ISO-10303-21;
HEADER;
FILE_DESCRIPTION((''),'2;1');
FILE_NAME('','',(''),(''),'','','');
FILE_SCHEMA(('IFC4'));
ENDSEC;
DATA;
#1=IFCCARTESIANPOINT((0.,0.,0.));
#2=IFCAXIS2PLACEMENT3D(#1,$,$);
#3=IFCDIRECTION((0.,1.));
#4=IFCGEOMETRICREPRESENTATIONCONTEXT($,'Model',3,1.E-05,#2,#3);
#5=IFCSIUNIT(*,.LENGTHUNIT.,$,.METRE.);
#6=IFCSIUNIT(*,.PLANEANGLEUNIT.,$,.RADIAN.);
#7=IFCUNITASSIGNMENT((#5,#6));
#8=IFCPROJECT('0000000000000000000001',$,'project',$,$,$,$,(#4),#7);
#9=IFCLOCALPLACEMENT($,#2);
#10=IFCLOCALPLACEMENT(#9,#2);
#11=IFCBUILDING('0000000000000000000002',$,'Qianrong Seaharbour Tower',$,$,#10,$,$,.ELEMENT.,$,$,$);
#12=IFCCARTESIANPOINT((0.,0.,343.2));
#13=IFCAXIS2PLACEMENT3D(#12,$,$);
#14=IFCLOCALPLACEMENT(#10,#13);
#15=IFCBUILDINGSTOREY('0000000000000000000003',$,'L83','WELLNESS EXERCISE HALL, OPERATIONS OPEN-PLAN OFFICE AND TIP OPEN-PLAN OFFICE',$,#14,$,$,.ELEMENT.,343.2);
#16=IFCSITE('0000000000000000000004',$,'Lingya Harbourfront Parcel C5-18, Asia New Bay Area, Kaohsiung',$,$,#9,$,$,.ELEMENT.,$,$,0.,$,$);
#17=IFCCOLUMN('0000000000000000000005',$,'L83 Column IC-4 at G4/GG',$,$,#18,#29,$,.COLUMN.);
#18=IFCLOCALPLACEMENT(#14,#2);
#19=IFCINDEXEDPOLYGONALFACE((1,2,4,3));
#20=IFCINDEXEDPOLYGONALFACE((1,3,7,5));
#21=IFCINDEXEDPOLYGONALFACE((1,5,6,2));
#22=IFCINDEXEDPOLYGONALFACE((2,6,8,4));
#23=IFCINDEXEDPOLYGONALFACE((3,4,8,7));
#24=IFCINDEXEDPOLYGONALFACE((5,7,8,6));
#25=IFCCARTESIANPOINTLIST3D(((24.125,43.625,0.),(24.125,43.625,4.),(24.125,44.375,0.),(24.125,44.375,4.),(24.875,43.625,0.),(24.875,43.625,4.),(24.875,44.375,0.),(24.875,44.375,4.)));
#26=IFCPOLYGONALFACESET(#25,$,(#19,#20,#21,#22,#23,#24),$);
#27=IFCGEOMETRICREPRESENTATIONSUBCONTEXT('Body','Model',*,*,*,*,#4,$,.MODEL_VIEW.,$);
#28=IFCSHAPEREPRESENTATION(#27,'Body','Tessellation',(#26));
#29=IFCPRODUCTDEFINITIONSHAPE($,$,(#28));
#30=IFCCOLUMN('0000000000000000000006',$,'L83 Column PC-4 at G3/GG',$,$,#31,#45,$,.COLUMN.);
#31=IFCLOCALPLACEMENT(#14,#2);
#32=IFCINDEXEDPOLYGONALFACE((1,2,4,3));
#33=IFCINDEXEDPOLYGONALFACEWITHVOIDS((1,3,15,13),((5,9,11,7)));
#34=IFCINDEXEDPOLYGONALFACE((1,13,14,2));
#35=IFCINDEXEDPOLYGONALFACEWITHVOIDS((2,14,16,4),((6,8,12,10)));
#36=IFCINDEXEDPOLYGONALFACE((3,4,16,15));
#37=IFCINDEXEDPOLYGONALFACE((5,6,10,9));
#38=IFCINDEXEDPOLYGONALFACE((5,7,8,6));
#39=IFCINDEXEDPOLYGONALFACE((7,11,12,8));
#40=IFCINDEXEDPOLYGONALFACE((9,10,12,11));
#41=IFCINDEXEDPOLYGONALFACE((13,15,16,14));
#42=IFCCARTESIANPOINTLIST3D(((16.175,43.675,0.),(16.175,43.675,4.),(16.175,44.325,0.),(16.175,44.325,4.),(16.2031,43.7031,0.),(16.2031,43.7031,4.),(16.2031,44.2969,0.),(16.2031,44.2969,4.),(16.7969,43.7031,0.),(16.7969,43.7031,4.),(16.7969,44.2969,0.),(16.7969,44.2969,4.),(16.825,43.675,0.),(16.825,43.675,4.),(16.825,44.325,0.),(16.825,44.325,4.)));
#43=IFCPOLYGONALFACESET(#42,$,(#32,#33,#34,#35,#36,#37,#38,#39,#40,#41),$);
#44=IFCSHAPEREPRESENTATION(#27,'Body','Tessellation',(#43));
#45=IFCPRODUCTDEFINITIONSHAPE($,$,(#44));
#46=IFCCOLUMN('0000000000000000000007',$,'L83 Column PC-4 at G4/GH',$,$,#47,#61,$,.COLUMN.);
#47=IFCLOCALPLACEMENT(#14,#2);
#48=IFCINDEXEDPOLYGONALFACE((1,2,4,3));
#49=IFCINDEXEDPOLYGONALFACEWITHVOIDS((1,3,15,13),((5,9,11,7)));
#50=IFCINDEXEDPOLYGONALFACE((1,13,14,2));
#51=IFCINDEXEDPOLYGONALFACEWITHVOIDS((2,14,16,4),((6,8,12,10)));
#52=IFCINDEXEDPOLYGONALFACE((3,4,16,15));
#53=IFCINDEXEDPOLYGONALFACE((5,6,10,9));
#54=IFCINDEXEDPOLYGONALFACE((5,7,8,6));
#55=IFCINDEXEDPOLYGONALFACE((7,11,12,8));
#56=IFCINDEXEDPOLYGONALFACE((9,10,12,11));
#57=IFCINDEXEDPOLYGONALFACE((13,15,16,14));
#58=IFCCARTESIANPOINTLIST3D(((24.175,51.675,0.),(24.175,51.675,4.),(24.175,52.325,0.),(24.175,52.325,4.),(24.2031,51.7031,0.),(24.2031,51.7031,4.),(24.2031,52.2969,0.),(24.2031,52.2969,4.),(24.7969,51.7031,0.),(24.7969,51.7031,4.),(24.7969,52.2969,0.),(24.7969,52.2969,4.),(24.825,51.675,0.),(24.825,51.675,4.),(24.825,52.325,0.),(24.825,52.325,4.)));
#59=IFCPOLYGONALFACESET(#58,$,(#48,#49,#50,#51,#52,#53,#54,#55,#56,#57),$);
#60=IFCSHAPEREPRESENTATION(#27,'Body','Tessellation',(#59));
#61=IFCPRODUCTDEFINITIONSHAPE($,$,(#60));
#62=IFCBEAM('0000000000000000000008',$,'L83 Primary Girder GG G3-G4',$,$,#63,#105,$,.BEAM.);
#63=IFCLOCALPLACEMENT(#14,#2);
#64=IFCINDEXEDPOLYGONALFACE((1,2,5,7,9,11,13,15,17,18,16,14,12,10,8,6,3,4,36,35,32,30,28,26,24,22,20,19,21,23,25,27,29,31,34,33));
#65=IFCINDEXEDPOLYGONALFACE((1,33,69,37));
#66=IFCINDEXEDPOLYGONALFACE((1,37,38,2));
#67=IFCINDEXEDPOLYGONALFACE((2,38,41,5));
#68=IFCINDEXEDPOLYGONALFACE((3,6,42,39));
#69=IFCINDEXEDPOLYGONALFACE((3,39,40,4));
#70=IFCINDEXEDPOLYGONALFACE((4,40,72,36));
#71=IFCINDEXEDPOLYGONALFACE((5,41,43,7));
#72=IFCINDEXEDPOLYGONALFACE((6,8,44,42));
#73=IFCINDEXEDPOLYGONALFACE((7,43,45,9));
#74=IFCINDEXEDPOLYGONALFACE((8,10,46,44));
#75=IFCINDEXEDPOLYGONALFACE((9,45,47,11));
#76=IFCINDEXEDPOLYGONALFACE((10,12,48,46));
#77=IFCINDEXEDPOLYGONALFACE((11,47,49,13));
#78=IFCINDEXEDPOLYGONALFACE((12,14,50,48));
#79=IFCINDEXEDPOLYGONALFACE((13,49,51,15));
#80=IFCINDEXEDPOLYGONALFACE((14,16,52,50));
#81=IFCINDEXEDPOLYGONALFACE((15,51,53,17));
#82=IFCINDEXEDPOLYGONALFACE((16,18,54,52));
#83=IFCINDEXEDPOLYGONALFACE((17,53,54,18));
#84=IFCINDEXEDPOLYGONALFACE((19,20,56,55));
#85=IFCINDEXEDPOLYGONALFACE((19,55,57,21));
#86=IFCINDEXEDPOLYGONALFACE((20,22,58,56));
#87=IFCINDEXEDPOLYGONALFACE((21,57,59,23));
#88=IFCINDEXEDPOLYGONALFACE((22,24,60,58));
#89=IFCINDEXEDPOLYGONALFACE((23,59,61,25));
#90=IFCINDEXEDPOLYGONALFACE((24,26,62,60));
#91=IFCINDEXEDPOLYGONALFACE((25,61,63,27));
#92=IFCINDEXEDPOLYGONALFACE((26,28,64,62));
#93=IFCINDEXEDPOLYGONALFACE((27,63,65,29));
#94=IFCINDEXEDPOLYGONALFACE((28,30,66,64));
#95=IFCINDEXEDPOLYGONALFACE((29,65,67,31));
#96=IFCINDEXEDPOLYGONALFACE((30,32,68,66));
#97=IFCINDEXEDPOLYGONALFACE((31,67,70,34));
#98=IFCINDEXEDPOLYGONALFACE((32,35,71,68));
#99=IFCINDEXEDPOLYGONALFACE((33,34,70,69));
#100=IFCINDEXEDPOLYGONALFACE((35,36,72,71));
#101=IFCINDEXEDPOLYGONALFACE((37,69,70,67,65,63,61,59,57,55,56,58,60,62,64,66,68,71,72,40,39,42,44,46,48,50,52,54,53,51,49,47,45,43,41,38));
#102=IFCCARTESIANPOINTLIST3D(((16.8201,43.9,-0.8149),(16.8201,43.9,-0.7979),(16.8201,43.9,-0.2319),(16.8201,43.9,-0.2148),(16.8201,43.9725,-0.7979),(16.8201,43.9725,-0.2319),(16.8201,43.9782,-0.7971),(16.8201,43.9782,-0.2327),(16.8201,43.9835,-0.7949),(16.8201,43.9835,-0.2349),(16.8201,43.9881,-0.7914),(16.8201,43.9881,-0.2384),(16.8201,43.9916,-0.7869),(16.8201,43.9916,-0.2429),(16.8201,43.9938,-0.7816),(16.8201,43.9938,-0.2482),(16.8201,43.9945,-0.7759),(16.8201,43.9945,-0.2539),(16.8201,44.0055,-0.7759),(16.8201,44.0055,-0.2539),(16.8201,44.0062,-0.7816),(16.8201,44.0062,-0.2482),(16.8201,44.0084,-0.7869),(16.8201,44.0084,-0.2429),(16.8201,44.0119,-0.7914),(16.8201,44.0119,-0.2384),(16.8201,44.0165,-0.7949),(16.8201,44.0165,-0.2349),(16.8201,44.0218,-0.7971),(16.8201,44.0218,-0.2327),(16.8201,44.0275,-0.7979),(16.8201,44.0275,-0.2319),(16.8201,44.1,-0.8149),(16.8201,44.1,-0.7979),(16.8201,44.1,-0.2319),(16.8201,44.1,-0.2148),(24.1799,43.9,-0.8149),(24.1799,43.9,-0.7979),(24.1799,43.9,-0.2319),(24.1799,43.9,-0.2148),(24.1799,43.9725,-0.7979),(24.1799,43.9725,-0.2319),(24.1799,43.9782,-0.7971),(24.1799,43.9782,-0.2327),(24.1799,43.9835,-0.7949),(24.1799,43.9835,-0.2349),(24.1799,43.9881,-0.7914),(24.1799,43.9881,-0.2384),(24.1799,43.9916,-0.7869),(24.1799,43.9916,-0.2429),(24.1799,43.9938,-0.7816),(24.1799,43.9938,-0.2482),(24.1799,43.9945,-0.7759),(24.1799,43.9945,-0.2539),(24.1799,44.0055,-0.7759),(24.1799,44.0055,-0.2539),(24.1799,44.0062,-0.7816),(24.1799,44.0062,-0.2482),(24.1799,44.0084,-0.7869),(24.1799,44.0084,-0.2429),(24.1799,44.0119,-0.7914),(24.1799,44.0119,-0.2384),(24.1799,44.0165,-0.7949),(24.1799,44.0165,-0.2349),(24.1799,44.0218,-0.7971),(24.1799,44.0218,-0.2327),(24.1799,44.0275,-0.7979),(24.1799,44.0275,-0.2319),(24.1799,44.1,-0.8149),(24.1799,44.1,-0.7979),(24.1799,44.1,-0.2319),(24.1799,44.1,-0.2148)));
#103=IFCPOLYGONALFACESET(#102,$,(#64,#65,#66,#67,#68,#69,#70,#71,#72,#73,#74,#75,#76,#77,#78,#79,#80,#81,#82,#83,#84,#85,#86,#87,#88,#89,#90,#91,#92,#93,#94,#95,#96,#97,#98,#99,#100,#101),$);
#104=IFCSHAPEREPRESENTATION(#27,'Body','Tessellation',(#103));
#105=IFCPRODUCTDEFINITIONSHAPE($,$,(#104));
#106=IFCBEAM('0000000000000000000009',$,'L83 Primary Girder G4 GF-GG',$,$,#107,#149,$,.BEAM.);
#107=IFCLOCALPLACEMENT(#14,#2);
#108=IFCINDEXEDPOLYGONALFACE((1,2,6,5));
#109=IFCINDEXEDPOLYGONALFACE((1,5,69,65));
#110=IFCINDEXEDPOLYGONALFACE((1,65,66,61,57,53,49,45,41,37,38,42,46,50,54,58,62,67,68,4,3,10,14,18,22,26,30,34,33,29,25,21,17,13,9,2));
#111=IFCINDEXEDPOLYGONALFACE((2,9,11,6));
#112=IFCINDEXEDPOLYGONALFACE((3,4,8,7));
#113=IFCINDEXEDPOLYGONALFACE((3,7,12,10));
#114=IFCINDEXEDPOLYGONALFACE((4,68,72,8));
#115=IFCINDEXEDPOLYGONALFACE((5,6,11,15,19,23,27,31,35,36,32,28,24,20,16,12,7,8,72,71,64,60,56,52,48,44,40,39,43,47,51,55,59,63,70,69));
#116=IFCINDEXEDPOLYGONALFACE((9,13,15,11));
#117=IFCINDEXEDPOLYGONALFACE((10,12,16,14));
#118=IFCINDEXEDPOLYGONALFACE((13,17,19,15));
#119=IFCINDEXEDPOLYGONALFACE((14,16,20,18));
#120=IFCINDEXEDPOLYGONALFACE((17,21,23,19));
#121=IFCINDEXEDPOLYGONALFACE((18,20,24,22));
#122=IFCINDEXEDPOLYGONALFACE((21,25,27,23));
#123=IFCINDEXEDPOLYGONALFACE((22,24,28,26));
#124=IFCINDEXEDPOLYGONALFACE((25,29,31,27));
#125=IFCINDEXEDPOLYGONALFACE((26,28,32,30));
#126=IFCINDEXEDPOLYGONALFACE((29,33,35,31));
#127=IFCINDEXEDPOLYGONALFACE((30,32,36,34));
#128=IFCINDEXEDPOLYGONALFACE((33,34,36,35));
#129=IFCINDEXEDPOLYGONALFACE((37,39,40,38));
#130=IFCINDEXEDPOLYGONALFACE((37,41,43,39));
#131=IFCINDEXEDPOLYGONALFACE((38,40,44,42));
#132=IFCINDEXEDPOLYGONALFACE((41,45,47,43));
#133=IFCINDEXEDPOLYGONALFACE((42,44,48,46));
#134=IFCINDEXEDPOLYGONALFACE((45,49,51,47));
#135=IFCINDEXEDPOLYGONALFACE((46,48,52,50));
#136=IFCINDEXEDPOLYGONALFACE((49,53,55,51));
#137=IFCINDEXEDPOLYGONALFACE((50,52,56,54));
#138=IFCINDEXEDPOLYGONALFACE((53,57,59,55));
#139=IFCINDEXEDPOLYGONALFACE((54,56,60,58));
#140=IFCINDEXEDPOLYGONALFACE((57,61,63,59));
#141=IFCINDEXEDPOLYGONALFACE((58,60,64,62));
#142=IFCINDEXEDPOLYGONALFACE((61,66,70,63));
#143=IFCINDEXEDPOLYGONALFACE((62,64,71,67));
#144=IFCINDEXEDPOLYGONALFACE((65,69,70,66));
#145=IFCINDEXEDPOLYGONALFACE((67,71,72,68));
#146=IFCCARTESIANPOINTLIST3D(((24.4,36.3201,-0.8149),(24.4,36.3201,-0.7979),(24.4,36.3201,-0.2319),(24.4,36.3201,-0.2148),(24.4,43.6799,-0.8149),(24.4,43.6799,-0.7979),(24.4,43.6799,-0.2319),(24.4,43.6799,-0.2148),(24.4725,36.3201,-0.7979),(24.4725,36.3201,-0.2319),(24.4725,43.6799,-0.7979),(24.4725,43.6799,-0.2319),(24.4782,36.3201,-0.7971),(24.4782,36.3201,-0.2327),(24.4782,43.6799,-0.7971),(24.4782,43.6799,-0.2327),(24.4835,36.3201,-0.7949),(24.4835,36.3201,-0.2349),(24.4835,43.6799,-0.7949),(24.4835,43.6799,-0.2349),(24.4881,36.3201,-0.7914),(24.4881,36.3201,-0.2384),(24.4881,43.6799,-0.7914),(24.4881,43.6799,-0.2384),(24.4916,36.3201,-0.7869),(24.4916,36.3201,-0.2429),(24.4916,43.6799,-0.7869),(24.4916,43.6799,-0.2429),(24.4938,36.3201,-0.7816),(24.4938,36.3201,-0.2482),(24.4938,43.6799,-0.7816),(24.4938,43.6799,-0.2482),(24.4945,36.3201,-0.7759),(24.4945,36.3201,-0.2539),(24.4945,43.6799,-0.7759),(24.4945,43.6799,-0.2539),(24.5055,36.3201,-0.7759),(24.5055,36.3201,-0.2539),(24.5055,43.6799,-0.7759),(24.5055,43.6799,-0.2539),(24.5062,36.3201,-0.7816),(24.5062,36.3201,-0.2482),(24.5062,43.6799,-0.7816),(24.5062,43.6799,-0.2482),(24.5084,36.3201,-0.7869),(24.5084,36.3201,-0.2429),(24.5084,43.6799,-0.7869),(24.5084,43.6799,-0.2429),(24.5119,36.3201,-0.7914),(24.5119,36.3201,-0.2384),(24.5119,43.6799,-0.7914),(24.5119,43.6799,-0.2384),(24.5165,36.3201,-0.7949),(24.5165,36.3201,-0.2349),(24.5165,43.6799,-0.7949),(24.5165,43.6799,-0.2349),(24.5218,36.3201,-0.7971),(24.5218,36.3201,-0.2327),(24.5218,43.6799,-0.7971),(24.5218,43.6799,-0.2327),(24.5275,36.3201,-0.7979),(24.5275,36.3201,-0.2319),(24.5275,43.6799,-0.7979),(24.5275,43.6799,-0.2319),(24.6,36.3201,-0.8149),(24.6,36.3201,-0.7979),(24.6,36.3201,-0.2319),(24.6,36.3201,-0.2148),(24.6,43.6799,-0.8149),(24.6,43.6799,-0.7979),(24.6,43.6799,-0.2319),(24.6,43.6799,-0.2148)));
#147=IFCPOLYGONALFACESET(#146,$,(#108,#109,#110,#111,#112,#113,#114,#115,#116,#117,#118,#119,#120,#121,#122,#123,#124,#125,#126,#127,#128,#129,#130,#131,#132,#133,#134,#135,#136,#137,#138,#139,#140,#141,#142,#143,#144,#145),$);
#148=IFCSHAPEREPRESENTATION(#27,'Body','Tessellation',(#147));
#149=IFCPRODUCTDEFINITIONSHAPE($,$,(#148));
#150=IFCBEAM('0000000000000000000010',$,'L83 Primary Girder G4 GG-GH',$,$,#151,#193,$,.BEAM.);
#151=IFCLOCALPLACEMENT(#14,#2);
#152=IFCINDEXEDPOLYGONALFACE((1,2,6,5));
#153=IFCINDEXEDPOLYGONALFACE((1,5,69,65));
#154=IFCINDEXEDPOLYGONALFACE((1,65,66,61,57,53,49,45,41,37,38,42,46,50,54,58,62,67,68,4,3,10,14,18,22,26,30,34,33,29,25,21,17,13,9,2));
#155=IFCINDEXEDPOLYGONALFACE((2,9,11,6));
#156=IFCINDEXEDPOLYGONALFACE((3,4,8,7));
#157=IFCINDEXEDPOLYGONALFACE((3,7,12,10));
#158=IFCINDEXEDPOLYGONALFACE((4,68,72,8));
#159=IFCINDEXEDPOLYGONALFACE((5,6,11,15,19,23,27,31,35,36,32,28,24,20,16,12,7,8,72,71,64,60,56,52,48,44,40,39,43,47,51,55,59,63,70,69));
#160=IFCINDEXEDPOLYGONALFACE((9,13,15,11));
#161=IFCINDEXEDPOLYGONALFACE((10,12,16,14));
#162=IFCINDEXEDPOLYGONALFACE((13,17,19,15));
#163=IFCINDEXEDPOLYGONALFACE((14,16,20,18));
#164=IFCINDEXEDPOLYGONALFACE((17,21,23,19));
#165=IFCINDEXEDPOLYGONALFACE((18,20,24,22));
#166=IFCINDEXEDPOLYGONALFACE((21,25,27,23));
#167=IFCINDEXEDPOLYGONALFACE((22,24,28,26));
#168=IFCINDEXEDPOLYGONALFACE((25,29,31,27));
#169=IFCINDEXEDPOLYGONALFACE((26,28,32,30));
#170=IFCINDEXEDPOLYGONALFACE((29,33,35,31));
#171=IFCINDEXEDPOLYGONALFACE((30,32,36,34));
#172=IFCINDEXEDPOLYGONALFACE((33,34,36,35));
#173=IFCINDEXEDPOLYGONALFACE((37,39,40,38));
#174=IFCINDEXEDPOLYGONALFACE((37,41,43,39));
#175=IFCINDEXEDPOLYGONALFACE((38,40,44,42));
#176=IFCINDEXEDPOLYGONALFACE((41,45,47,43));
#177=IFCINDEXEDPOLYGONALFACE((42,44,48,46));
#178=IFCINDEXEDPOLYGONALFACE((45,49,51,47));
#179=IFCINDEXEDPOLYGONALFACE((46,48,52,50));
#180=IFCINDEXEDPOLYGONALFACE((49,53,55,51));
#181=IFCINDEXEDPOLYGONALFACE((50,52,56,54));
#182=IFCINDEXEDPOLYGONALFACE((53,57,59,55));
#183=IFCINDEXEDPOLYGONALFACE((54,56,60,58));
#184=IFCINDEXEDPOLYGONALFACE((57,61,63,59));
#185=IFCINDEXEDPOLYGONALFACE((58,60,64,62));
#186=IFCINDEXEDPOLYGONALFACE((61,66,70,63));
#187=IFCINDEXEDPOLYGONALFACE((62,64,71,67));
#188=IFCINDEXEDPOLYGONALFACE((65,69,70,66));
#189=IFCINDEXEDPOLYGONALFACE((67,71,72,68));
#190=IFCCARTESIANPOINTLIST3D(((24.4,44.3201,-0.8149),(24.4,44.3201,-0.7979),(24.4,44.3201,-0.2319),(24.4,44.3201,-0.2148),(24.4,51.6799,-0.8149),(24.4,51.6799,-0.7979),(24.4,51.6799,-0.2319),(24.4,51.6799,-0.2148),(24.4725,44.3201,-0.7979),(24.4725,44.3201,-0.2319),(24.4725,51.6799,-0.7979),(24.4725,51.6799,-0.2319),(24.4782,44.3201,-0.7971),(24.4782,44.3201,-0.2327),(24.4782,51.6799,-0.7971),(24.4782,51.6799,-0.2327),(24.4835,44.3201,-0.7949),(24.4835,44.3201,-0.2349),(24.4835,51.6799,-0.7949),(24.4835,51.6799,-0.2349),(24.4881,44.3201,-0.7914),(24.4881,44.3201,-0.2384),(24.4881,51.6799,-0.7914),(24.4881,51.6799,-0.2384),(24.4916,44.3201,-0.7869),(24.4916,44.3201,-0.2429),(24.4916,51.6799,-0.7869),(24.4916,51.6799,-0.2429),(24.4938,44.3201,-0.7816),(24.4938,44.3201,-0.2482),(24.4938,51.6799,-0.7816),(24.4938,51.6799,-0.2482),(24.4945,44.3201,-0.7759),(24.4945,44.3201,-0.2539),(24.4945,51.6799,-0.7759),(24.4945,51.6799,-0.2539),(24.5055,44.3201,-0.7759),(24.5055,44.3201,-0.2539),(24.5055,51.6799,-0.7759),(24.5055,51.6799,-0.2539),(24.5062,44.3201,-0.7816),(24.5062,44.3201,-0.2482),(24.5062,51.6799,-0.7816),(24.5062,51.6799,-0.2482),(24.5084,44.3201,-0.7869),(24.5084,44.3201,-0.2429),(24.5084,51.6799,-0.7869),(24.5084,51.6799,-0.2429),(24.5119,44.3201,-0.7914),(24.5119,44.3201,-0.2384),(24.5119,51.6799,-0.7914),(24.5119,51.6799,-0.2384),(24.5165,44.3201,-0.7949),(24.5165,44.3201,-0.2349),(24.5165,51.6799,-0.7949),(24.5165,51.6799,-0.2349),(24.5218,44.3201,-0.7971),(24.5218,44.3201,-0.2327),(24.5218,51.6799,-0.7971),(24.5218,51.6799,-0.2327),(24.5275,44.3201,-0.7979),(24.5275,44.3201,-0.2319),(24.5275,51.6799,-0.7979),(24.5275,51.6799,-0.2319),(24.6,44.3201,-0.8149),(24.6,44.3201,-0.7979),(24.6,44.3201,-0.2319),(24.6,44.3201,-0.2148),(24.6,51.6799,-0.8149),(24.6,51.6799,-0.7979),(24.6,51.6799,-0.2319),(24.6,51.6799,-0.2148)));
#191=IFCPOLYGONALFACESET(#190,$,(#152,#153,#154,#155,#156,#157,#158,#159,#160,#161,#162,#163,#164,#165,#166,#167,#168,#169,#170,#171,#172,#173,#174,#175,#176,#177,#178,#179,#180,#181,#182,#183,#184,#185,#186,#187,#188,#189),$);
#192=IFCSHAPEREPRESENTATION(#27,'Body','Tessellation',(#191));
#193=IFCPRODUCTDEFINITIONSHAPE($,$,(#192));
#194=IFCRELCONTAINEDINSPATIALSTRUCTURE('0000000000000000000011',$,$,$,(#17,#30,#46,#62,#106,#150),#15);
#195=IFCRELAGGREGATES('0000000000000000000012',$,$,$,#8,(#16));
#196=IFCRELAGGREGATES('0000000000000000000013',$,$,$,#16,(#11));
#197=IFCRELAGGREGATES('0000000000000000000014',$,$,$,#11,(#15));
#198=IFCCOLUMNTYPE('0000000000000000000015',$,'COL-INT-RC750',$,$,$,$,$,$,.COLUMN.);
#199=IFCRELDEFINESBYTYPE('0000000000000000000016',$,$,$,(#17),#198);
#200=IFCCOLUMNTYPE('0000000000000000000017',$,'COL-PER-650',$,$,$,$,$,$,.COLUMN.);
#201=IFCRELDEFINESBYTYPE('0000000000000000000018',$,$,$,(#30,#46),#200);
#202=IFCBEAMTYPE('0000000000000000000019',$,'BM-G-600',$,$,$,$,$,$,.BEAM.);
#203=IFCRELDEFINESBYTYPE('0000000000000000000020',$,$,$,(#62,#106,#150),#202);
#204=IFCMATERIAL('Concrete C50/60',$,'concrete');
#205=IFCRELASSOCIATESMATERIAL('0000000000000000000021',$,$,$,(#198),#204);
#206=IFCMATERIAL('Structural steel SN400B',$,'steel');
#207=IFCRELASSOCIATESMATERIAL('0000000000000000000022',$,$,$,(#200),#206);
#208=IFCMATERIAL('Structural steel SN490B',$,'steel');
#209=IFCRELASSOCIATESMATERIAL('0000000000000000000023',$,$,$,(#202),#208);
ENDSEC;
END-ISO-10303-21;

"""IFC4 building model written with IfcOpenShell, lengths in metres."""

from ifc_helpers import new_model, si_unit, direction, frame, origin, origin_2d, place, context, subcontext, project, spatial, rectangle, hollow_rectangle, i_section, extrude, material, material_profile, profile_set, type_object, element, save


model = new_model("IFC4")

# Units and contexts
model_context = context("Model", 3, precision=1e-05, world=origin(), true_north=direction((0.0, 1.0)))
body_context = subcontext(model_context, "Body", "Model", "MODEL_VIEW")
ifc_project = project(units=[si_unit("LENGTHUNIT", "METRE"), si_unit("PLANEANGLEUNIT", "RADIAN")], contexts=[model_context])

# Site, building, storey
site_placement = place(None, origin())
site = spatial("IfcSite", under=ifc_project, at=site_placement, Name="Lingya Harbourfront Parcel C5-18, Asia New Bay Area, Kaohsiung", CompositionType="ELEMENT", RefElevation=0.0)
building_placement = place(site_placement, origin())
building = spatial("IfcBuilding", under=site, at=building_placement, Name="Qianrong Seaharbour Tower", CompositionType="ELEMENT")
storey_placement = place(building_placement, frame((0.0, 0.0, 343.2)))
storey = spatial("IfcBuildingStorey", under=building, at=storey_placement, Name="L83", Description="WELLNESS EXERCISE HALL, OPERATIONS OPEN-PLAN OFFICE AND TIP OPEN-PLAN OFFICE", CompositionType="ELEMENT", Elevation=343.2)

# Columns
ifc_material_1 = material(Name="Concrete C50/60", Category="concrete")
ifc_material_profile_1 = material_profile(ifc_material_1, rectangle(XDim=0.75, YDim=0.75, at=origin_2d()), Name="RC750x750")
ifc_profile_set_1 = profile_set([ifc_material_profile_1], Name="Concrete C50/60")
column_type_1 = type_object("IfcColumnType", Name="COL-INT-RC750", PredefinedType="COLUMN", material=ifc_profile_set_1)
column_placement = place(storey_placement, frame((24.5, 44.0, 0.0), z_axis=(0.0, 0.0, 1.0), x_axis=(1.0, 0.0, 0.0)))
element("IfcColumn", 1, at=column_placement, inside=storey, type_object=column_type_1, Name="L83 Column IC-4 at G4/GG", PredefinedType="COLUMN", context=body_context, shape_type="SweptSolid", body=[
    extrude(rectangle(XDim=0.75, YDim=0.75, at=origin_2d()), origin(), (0.0, 0.0, 1.0), 4.0),
])
ifc_material_2 = material(Name="Structural steel SN400B", Category="steel")
ifc_material_profile_2 = material_profile(ifc_material_2, hollow_rectangle(XDim=0.6499, YDim=0.6499, WallThickness=0.0281, at=origin_2d()), Name="BOX650x650x28")
ifc_profile_set_2 = profile_set([ifc_material_profile_2], Name="Structural steel SN400B")
column_type_2 = type_object("IfcColumnType", Name="COL-PER-650", PredefinedType="COLUMN", material=ifc_profile_set_2)
for number, where, z_axis, x_axis, name in (
    (2, (16.5, 44.0, 0.0), (0.0, 0.0, 1.0), (1.0, 0.0, 0.0), "L83 Column PC-4 at G3/GG"),
    (3, (24.5, 52.0, 0.0), (0.0, 0.0, 1.0), (1.0, 0.0, 0.0), "L83 Column PC-4 at G4/GH"),
):
    element("IfcColumn", number, at=place(storey_placement, frame(where, z_axis=z_axis, x_axis=x_axis)), inside=storey, type_object=column_type_2, Name=name, PredefinedType="COLUMN", context=body_context, shape_type="SweptSolid", body=[
        extrude(hollow_rectangle(XDim=0.6499, YDim=0.6499, WallThickness=0.0281, at=origin_2d()), origin(), (0.0, 0.0, 1.0), 4.0),
    ])

# Beams
ifc_material_3 = material(Name="Structural steel SN490B", Category="steel")
ifc_material_profile_3 = material_profile(ifc_material_3, i_section(OverallWidth=0.2, OverallDepth=0.6001, WebThickness=0.011, FlangeThickness=0.0171, FilletRadius=0.022, at=origin_2d()), Name="H600x200x11x17")
ifc_profile_set_3 = profile_set([ifc_material_profile_3], Name="Structural steel SN490B")
beam_type_1 = type_object("IfcBeamType", Name="BM-G-600", PredefinedType="BEAM", material=ifc_profile_set_3)
for number, where, z_axis, x_axis, name in (
    (4, (16.8201, 44.0, -0.5149), (1.0, 0.0, 0.0), (0.0, 1.0, 0.0), "L83 Primary Girder GG G3-G4"),
    (5, (24.5, 36.3201, -0.5149), (0.0, 1.0, 0.0), (-1.0, 0.0, 0.0), "L83 Primary Girder G4 GF-GG"),
    (6, (24.5, 44.3201, -0.5149), (0.0, 1.0, 0.0), (-1.0, 0.0, 0.0), "L83 Primary Girder G4 GG-GH"),
):
    element("IfcBeam", number, at=place(storey_placement, frame(where, z_axis=z_axis, x_axis=x_axis)), inside=storey, type_object=beam_type_1, Name=name, PredefinedType="BEAM", context=body_context, shape_type="SweptSolid", body=[
        extrude(i_section(OverallWidth=0.2, OverallDepth=0.6001, WebThickness=0.011, FlangeThickness=0.0171, FilletRadius=0.022, at=origin_2d()), origin(), (0.0, 0.0, 1.0), 7.3599),
    ])

save(model, "model.ifc")
